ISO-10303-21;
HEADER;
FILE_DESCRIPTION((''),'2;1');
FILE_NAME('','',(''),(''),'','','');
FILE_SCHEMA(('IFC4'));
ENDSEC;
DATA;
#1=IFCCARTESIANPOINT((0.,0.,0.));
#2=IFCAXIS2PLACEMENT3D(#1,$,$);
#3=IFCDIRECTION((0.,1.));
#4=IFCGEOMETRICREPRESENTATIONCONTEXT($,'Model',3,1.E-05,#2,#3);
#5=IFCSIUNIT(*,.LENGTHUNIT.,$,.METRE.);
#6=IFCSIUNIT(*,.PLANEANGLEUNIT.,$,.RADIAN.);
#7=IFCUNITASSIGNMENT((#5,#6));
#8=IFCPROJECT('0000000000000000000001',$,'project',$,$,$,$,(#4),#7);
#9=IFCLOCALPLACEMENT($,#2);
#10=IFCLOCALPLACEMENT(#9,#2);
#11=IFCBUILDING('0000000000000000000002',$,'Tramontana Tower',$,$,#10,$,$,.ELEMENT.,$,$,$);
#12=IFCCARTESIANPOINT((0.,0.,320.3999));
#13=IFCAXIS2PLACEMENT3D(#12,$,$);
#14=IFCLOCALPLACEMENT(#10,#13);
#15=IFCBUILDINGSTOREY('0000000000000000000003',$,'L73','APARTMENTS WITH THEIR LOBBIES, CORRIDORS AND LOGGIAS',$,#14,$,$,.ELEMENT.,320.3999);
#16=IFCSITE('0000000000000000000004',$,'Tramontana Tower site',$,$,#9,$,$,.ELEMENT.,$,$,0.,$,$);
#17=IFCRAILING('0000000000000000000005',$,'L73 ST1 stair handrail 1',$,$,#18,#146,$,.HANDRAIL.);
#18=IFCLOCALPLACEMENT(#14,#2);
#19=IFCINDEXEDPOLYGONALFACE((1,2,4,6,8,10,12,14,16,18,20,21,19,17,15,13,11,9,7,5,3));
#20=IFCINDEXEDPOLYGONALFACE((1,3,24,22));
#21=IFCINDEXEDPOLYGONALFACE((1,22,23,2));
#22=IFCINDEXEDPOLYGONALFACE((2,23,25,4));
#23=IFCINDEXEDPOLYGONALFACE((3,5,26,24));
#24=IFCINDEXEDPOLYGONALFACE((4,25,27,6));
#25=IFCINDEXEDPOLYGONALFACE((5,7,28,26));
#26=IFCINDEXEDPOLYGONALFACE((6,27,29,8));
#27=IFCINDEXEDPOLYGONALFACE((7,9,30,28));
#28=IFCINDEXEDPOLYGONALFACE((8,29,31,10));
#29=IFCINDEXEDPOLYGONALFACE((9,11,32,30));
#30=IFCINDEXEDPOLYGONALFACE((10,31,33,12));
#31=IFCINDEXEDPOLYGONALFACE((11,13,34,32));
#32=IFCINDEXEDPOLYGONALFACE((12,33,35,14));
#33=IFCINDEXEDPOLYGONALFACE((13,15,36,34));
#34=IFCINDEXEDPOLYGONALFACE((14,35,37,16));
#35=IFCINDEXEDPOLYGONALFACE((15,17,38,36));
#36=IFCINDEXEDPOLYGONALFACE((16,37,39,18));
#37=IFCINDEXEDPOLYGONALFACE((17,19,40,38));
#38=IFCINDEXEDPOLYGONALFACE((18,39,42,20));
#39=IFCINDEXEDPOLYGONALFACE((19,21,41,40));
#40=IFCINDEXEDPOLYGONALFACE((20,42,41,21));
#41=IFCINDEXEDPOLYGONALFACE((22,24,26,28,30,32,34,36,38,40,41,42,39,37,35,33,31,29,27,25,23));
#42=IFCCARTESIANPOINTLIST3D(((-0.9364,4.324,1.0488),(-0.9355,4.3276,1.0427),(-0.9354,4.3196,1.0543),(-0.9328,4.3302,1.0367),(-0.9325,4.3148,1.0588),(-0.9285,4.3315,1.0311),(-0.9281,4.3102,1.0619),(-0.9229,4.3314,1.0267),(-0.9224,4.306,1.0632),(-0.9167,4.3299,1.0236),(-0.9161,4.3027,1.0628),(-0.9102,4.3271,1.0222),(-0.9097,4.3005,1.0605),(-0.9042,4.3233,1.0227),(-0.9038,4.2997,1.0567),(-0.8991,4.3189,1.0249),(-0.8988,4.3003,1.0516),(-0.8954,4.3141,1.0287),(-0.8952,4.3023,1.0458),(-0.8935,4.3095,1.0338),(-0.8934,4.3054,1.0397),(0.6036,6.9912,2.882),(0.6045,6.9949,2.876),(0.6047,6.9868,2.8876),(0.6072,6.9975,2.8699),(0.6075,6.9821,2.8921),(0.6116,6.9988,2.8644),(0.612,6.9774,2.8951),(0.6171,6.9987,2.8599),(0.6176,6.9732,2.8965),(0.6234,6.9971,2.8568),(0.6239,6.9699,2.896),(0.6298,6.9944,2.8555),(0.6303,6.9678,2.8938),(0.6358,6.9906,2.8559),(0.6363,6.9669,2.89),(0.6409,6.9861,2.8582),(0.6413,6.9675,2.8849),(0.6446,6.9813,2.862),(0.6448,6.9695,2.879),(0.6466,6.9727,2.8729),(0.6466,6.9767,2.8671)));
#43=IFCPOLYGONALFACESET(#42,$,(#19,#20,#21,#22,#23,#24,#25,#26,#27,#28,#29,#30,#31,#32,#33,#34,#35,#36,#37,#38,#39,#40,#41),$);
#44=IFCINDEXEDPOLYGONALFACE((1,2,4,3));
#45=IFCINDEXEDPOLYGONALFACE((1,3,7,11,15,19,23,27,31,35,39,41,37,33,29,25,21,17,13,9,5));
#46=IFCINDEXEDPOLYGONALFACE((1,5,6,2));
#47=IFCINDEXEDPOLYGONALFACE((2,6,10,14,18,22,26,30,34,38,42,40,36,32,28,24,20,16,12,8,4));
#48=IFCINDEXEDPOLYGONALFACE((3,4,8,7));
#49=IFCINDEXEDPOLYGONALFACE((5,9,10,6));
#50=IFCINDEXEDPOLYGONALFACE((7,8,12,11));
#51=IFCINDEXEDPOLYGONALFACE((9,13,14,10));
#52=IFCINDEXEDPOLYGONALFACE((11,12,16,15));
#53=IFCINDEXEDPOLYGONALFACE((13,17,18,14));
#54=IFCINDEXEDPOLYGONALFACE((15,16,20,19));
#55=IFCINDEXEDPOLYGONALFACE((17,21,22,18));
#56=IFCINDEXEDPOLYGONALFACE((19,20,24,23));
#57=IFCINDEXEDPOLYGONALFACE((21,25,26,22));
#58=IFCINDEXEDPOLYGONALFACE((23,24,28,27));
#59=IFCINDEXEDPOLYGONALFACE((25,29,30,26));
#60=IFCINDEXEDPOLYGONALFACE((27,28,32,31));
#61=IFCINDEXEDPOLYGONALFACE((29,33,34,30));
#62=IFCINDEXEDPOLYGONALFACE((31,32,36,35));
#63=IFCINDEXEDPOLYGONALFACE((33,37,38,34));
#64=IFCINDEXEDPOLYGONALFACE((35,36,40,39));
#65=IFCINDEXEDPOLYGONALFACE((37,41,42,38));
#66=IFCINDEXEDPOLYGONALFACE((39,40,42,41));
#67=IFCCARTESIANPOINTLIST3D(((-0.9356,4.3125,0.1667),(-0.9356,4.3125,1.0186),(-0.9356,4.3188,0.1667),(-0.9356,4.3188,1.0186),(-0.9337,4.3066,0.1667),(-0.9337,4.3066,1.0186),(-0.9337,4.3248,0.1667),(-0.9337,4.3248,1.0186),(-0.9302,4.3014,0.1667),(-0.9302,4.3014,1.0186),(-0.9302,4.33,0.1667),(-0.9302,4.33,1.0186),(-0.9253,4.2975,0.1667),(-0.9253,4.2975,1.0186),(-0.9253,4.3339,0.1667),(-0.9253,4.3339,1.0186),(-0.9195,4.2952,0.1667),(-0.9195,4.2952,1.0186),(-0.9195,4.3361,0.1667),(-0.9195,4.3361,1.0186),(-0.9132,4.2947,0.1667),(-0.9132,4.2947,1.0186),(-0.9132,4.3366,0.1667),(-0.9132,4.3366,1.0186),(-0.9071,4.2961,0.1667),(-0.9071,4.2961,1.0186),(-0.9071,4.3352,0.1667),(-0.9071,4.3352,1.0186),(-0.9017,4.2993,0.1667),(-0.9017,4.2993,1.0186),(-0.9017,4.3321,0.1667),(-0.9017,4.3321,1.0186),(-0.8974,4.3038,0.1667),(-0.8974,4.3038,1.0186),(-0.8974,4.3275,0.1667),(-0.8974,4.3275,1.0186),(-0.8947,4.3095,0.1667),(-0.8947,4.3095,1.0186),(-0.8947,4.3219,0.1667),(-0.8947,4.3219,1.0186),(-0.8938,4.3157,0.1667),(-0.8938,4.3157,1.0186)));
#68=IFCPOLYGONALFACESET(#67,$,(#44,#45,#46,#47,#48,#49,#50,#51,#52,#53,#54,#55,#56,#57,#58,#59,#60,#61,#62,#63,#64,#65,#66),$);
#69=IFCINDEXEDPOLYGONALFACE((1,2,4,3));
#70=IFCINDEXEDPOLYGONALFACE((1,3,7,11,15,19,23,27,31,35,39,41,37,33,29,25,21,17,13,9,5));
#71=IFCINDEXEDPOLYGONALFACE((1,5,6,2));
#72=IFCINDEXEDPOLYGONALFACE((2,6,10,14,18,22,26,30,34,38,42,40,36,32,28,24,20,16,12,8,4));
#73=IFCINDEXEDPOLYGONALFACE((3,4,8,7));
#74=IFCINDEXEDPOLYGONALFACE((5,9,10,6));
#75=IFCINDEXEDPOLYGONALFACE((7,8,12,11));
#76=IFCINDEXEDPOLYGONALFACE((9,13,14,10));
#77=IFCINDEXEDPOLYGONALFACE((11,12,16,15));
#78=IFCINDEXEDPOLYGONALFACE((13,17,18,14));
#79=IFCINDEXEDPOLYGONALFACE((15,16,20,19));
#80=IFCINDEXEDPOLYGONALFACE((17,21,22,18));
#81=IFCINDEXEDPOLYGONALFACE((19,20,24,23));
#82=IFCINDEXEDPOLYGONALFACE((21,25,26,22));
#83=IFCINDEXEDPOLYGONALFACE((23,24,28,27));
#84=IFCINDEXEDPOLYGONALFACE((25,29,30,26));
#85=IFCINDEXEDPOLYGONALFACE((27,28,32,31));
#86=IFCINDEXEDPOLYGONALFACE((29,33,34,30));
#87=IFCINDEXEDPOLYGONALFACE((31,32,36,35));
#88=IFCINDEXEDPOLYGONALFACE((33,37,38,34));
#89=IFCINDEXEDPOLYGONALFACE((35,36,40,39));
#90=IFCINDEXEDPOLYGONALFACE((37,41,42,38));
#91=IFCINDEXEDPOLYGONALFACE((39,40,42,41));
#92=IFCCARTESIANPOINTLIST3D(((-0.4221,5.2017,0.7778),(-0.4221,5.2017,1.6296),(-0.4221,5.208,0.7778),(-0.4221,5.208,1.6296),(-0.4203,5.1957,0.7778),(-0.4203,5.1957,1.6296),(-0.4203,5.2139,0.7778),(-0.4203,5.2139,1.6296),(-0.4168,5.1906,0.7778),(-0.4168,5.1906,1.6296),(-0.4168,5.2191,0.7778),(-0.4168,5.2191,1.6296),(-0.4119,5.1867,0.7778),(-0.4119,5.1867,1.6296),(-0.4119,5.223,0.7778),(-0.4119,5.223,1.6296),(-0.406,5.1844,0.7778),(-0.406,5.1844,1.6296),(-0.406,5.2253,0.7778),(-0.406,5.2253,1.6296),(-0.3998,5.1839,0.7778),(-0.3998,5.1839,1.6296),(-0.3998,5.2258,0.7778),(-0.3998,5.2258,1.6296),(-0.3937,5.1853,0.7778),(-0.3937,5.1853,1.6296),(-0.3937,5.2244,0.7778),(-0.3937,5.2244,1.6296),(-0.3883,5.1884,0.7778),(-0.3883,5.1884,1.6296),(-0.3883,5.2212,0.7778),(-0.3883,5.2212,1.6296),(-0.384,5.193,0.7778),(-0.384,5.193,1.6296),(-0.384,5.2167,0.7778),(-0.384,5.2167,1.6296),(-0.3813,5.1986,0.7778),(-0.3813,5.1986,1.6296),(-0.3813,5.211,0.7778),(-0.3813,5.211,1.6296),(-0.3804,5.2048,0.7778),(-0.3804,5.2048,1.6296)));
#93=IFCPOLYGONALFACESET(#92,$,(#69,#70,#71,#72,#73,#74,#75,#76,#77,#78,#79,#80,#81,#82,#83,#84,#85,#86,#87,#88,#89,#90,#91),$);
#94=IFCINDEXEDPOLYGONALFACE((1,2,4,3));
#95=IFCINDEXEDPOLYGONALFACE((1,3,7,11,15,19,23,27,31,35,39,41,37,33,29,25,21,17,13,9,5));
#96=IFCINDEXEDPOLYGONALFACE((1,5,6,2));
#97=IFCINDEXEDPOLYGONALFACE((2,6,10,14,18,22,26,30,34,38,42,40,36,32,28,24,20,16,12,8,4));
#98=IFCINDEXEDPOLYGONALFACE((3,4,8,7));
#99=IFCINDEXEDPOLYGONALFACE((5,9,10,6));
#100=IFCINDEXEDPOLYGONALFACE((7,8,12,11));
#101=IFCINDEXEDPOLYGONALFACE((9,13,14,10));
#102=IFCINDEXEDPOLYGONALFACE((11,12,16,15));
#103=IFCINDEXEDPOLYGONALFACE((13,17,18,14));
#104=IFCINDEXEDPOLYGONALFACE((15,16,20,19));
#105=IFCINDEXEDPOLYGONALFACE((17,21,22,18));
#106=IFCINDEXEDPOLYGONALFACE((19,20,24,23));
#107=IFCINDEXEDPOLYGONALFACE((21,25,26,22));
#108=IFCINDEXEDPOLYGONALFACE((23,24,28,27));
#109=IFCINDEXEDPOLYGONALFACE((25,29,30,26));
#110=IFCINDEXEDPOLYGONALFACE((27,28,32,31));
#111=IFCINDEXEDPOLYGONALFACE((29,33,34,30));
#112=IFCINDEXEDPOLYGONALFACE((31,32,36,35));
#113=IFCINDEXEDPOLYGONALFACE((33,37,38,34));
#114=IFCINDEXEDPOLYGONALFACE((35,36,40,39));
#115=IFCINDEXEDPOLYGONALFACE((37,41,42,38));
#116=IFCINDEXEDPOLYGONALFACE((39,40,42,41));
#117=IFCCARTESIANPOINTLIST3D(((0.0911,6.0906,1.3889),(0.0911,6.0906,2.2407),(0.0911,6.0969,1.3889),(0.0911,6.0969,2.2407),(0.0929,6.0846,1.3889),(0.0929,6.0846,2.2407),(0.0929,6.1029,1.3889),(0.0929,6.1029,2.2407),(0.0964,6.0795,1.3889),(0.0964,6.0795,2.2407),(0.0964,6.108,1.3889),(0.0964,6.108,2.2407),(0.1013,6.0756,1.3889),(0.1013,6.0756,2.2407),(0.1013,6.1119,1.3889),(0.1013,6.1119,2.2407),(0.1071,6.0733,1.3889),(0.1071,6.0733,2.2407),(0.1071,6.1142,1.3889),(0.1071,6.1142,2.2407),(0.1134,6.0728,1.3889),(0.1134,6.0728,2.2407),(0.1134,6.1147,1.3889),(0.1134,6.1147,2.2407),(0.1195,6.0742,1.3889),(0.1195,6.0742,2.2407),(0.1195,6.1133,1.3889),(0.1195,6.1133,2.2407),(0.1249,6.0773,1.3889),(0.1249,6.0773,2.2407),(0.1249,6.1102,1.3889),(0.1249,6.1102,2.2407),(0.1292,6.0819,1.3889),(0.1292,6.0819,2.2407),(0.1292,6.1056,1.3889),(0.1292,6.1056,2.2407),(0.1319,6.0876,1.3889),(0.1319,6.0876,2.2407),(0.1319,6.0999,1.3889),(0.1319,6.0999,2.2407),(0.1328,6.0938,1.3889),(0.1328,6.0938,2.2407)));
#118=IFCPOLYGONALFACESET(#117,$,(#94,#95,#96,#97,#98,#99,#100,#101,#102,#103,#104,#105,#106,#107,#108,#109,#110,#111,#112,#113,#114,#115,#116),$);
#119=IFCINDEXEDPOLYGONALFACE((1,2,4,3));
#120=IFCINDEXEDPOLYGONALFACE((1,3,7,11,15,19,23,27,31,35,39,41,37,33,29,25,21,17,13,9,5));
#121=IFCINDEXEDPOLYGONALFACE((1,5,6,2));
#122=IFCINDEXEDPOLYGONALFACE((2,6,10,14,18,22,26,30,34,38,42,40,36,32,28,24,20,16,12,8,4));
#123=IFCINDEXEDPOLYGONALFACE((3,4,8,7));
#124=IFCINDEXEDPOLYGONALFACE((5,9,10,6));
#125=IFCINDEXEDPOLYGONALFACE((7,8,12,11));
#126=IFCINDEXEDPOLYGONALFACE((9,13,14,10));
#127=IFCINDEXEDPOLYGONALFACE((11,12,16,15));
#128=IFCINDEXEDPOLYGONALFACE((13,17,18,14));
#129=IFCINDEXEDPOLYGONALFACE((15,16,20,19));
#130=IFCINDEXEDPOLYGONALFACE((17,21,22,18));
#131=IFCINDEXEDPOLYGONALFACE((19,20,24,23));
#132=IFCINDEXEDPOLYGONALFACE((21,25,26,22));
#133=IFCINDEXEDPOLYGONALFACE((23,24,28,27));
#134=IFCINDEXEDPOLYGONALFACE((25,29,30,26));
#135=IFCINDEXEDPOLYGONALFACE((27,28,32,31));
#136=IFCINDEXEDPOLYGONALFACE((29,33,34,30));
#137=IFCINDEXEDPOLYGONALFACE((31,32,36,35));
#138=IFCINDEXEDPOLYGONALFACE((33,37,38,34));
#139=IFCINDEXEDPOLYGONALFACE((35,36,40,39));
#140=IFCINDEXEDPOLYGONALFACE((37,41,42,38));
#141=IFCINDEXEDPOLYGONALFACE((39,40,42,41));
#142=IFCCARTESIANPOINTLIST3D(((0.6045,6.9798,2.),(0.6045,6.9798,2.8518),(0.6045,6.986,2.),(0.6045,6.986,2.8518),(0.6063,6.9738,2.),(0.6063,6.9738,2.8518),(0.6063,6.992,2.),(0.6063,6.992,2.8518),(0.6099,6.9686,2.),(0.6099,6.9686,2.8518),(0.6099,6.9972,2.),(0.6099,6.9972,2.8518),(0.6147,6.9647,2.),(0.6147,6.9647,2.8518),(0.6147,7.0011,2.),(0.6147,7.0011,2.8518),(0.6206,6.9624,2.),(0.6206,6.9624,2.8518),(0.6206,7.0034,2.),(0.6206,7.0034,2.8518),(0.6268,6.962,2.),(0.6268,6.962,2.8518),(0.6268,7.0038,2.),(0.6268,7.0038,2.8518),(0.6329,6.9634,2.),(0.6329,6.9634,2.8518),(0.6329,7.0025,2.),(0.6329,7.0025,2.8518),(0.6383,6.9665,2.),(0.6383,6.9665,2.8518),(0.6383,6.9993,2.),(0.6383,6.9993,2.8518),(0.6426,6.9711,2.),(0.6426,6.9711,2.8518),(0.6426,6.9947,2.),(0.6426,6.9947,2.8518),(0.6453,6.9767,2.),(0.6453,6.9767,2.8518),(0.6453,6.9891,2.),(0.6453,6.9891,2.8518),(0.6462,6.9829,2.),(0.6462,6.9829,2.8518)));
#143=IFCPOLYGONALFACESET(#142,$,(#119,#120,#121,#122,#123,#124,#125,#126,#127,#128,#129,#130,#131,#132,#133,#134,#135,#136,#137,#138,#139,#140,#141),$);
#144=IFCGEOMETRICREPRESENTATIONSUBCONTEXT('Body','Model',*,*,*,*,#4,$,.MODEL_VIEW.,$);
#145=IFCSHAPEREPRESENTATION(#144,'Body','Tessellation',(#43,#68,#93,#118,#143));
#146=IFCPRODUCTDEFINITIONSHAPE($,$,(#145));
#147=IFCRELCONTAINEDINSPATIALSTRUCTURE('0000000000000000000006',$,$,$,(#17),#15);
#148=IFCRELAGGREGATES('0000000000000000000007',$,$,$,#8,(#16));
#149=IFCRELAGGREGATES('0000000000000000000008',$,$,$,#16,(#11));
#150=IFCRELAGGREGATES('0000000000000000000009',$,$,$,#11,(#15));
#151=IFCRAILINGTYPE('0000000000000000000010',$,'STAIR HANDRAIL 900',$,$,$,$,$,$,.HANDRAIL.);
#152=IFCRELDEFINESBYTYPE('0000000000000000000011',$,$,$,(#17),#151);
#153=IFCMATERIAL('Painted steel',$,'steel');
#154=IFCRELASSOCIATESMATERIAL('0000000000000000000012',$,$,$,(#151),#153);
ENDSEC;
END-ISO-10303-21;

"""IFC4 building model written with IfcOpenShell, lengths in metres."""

from ifc_helpers import new_model, si_unit, direction, frame, origin, origin_2d, place, context, subcontext, project, spatial, circle, extrude, material, type_object, element, save


model = new_model("IFC4")

# Units and contexts
model_context = context("Model", 3, precision=1e-05, world=origin(), true_north=direction((0.0, 1.0)))
body_context = subcontext(model_context, "Body", "Model", "MODEL_VIEW")
ifc_project = project(units=[si_unit("LENGTHUNIT", "METRE"), si_unit("PLANEANGLEUNIT", "RADIAN")], contexts=[model_context])

# Site, building, storey
site_placement = place(None, origin())
site = spatial("IfcSite", under=ifc_project, at=site_placement, Name="Tramontana Tower site", CompositionType="ELEMENT", RefElevation=0.0)
building_placement = place(site_placement, origin())
building = spatial("IfcBuilding", under=site, at=building_placement, Name="Tramontana Tower", CompositionType="ELEMENT")
storey_placement = place(building_placement, frame((0.0, 0.0, 320.3999)))
storey = spatial("IfcBuildingStorey", under=building, at=storey_placement, Name="L73", Description="APARTMENTS WITH THEIR LOBBIES, CORRIDORS AND LOGGIAS", CompositionType="ELEMENT", Elevation=320.3999)

# Railing
ifc_material_1 = material(Name="Painted steel", Category="steel")
railing_type_1 = type_object("IfcRailingType", Name="STAIR HANDRAIL 900", PredefinedType="HANDRAIL", material=ifc_material_1)
railing_1_placement = place(storey_placement, frame((-0.9148, 4.3157, 0.1667)))
element("IfcRailing", 1, at=railing_1_placement, inside=storey, type_object=railing_type_1, Name="L73 ST1 stair handrail 1", PredefinedType="HANDRAIL", context=body_context, shape_type="SweptSolid", body=[
    extrude(circle(Radius=0.0239, at=origin_2d()), frame((0.0, 0.0, 0.876), z_axis=(0.429671, 0.744159, 0.511478), x_axis=(-0.86601, 0.500027, 0.0)), (0.0, 0.0, 1.0), 3.5842),
    extrude(circle(Radius=0.021, at=origin_2d()), origin(), (0.0, 0.0, 1.0), 0.8518),
    extrude(circle(Radius=0.021, at=origin_2d()), frame((0.5134, 0.8892, 0.6111)), (0.0, 0.0, 1.0), 0.8518),
    extrude(circle(Radius=0.021, at=origin_2d()), frame((1.0266, 1.7781, 1.2222)), (0.0, 0.0, 1.0), 0.8518),
    extrude(circle(Radius=0.021, at=origin_2d()), frame((1.54, 2.6672, 1.8333)), (0.0, 0.0, 1.0), 0.8518),
])

save(model, "model.ifc")
